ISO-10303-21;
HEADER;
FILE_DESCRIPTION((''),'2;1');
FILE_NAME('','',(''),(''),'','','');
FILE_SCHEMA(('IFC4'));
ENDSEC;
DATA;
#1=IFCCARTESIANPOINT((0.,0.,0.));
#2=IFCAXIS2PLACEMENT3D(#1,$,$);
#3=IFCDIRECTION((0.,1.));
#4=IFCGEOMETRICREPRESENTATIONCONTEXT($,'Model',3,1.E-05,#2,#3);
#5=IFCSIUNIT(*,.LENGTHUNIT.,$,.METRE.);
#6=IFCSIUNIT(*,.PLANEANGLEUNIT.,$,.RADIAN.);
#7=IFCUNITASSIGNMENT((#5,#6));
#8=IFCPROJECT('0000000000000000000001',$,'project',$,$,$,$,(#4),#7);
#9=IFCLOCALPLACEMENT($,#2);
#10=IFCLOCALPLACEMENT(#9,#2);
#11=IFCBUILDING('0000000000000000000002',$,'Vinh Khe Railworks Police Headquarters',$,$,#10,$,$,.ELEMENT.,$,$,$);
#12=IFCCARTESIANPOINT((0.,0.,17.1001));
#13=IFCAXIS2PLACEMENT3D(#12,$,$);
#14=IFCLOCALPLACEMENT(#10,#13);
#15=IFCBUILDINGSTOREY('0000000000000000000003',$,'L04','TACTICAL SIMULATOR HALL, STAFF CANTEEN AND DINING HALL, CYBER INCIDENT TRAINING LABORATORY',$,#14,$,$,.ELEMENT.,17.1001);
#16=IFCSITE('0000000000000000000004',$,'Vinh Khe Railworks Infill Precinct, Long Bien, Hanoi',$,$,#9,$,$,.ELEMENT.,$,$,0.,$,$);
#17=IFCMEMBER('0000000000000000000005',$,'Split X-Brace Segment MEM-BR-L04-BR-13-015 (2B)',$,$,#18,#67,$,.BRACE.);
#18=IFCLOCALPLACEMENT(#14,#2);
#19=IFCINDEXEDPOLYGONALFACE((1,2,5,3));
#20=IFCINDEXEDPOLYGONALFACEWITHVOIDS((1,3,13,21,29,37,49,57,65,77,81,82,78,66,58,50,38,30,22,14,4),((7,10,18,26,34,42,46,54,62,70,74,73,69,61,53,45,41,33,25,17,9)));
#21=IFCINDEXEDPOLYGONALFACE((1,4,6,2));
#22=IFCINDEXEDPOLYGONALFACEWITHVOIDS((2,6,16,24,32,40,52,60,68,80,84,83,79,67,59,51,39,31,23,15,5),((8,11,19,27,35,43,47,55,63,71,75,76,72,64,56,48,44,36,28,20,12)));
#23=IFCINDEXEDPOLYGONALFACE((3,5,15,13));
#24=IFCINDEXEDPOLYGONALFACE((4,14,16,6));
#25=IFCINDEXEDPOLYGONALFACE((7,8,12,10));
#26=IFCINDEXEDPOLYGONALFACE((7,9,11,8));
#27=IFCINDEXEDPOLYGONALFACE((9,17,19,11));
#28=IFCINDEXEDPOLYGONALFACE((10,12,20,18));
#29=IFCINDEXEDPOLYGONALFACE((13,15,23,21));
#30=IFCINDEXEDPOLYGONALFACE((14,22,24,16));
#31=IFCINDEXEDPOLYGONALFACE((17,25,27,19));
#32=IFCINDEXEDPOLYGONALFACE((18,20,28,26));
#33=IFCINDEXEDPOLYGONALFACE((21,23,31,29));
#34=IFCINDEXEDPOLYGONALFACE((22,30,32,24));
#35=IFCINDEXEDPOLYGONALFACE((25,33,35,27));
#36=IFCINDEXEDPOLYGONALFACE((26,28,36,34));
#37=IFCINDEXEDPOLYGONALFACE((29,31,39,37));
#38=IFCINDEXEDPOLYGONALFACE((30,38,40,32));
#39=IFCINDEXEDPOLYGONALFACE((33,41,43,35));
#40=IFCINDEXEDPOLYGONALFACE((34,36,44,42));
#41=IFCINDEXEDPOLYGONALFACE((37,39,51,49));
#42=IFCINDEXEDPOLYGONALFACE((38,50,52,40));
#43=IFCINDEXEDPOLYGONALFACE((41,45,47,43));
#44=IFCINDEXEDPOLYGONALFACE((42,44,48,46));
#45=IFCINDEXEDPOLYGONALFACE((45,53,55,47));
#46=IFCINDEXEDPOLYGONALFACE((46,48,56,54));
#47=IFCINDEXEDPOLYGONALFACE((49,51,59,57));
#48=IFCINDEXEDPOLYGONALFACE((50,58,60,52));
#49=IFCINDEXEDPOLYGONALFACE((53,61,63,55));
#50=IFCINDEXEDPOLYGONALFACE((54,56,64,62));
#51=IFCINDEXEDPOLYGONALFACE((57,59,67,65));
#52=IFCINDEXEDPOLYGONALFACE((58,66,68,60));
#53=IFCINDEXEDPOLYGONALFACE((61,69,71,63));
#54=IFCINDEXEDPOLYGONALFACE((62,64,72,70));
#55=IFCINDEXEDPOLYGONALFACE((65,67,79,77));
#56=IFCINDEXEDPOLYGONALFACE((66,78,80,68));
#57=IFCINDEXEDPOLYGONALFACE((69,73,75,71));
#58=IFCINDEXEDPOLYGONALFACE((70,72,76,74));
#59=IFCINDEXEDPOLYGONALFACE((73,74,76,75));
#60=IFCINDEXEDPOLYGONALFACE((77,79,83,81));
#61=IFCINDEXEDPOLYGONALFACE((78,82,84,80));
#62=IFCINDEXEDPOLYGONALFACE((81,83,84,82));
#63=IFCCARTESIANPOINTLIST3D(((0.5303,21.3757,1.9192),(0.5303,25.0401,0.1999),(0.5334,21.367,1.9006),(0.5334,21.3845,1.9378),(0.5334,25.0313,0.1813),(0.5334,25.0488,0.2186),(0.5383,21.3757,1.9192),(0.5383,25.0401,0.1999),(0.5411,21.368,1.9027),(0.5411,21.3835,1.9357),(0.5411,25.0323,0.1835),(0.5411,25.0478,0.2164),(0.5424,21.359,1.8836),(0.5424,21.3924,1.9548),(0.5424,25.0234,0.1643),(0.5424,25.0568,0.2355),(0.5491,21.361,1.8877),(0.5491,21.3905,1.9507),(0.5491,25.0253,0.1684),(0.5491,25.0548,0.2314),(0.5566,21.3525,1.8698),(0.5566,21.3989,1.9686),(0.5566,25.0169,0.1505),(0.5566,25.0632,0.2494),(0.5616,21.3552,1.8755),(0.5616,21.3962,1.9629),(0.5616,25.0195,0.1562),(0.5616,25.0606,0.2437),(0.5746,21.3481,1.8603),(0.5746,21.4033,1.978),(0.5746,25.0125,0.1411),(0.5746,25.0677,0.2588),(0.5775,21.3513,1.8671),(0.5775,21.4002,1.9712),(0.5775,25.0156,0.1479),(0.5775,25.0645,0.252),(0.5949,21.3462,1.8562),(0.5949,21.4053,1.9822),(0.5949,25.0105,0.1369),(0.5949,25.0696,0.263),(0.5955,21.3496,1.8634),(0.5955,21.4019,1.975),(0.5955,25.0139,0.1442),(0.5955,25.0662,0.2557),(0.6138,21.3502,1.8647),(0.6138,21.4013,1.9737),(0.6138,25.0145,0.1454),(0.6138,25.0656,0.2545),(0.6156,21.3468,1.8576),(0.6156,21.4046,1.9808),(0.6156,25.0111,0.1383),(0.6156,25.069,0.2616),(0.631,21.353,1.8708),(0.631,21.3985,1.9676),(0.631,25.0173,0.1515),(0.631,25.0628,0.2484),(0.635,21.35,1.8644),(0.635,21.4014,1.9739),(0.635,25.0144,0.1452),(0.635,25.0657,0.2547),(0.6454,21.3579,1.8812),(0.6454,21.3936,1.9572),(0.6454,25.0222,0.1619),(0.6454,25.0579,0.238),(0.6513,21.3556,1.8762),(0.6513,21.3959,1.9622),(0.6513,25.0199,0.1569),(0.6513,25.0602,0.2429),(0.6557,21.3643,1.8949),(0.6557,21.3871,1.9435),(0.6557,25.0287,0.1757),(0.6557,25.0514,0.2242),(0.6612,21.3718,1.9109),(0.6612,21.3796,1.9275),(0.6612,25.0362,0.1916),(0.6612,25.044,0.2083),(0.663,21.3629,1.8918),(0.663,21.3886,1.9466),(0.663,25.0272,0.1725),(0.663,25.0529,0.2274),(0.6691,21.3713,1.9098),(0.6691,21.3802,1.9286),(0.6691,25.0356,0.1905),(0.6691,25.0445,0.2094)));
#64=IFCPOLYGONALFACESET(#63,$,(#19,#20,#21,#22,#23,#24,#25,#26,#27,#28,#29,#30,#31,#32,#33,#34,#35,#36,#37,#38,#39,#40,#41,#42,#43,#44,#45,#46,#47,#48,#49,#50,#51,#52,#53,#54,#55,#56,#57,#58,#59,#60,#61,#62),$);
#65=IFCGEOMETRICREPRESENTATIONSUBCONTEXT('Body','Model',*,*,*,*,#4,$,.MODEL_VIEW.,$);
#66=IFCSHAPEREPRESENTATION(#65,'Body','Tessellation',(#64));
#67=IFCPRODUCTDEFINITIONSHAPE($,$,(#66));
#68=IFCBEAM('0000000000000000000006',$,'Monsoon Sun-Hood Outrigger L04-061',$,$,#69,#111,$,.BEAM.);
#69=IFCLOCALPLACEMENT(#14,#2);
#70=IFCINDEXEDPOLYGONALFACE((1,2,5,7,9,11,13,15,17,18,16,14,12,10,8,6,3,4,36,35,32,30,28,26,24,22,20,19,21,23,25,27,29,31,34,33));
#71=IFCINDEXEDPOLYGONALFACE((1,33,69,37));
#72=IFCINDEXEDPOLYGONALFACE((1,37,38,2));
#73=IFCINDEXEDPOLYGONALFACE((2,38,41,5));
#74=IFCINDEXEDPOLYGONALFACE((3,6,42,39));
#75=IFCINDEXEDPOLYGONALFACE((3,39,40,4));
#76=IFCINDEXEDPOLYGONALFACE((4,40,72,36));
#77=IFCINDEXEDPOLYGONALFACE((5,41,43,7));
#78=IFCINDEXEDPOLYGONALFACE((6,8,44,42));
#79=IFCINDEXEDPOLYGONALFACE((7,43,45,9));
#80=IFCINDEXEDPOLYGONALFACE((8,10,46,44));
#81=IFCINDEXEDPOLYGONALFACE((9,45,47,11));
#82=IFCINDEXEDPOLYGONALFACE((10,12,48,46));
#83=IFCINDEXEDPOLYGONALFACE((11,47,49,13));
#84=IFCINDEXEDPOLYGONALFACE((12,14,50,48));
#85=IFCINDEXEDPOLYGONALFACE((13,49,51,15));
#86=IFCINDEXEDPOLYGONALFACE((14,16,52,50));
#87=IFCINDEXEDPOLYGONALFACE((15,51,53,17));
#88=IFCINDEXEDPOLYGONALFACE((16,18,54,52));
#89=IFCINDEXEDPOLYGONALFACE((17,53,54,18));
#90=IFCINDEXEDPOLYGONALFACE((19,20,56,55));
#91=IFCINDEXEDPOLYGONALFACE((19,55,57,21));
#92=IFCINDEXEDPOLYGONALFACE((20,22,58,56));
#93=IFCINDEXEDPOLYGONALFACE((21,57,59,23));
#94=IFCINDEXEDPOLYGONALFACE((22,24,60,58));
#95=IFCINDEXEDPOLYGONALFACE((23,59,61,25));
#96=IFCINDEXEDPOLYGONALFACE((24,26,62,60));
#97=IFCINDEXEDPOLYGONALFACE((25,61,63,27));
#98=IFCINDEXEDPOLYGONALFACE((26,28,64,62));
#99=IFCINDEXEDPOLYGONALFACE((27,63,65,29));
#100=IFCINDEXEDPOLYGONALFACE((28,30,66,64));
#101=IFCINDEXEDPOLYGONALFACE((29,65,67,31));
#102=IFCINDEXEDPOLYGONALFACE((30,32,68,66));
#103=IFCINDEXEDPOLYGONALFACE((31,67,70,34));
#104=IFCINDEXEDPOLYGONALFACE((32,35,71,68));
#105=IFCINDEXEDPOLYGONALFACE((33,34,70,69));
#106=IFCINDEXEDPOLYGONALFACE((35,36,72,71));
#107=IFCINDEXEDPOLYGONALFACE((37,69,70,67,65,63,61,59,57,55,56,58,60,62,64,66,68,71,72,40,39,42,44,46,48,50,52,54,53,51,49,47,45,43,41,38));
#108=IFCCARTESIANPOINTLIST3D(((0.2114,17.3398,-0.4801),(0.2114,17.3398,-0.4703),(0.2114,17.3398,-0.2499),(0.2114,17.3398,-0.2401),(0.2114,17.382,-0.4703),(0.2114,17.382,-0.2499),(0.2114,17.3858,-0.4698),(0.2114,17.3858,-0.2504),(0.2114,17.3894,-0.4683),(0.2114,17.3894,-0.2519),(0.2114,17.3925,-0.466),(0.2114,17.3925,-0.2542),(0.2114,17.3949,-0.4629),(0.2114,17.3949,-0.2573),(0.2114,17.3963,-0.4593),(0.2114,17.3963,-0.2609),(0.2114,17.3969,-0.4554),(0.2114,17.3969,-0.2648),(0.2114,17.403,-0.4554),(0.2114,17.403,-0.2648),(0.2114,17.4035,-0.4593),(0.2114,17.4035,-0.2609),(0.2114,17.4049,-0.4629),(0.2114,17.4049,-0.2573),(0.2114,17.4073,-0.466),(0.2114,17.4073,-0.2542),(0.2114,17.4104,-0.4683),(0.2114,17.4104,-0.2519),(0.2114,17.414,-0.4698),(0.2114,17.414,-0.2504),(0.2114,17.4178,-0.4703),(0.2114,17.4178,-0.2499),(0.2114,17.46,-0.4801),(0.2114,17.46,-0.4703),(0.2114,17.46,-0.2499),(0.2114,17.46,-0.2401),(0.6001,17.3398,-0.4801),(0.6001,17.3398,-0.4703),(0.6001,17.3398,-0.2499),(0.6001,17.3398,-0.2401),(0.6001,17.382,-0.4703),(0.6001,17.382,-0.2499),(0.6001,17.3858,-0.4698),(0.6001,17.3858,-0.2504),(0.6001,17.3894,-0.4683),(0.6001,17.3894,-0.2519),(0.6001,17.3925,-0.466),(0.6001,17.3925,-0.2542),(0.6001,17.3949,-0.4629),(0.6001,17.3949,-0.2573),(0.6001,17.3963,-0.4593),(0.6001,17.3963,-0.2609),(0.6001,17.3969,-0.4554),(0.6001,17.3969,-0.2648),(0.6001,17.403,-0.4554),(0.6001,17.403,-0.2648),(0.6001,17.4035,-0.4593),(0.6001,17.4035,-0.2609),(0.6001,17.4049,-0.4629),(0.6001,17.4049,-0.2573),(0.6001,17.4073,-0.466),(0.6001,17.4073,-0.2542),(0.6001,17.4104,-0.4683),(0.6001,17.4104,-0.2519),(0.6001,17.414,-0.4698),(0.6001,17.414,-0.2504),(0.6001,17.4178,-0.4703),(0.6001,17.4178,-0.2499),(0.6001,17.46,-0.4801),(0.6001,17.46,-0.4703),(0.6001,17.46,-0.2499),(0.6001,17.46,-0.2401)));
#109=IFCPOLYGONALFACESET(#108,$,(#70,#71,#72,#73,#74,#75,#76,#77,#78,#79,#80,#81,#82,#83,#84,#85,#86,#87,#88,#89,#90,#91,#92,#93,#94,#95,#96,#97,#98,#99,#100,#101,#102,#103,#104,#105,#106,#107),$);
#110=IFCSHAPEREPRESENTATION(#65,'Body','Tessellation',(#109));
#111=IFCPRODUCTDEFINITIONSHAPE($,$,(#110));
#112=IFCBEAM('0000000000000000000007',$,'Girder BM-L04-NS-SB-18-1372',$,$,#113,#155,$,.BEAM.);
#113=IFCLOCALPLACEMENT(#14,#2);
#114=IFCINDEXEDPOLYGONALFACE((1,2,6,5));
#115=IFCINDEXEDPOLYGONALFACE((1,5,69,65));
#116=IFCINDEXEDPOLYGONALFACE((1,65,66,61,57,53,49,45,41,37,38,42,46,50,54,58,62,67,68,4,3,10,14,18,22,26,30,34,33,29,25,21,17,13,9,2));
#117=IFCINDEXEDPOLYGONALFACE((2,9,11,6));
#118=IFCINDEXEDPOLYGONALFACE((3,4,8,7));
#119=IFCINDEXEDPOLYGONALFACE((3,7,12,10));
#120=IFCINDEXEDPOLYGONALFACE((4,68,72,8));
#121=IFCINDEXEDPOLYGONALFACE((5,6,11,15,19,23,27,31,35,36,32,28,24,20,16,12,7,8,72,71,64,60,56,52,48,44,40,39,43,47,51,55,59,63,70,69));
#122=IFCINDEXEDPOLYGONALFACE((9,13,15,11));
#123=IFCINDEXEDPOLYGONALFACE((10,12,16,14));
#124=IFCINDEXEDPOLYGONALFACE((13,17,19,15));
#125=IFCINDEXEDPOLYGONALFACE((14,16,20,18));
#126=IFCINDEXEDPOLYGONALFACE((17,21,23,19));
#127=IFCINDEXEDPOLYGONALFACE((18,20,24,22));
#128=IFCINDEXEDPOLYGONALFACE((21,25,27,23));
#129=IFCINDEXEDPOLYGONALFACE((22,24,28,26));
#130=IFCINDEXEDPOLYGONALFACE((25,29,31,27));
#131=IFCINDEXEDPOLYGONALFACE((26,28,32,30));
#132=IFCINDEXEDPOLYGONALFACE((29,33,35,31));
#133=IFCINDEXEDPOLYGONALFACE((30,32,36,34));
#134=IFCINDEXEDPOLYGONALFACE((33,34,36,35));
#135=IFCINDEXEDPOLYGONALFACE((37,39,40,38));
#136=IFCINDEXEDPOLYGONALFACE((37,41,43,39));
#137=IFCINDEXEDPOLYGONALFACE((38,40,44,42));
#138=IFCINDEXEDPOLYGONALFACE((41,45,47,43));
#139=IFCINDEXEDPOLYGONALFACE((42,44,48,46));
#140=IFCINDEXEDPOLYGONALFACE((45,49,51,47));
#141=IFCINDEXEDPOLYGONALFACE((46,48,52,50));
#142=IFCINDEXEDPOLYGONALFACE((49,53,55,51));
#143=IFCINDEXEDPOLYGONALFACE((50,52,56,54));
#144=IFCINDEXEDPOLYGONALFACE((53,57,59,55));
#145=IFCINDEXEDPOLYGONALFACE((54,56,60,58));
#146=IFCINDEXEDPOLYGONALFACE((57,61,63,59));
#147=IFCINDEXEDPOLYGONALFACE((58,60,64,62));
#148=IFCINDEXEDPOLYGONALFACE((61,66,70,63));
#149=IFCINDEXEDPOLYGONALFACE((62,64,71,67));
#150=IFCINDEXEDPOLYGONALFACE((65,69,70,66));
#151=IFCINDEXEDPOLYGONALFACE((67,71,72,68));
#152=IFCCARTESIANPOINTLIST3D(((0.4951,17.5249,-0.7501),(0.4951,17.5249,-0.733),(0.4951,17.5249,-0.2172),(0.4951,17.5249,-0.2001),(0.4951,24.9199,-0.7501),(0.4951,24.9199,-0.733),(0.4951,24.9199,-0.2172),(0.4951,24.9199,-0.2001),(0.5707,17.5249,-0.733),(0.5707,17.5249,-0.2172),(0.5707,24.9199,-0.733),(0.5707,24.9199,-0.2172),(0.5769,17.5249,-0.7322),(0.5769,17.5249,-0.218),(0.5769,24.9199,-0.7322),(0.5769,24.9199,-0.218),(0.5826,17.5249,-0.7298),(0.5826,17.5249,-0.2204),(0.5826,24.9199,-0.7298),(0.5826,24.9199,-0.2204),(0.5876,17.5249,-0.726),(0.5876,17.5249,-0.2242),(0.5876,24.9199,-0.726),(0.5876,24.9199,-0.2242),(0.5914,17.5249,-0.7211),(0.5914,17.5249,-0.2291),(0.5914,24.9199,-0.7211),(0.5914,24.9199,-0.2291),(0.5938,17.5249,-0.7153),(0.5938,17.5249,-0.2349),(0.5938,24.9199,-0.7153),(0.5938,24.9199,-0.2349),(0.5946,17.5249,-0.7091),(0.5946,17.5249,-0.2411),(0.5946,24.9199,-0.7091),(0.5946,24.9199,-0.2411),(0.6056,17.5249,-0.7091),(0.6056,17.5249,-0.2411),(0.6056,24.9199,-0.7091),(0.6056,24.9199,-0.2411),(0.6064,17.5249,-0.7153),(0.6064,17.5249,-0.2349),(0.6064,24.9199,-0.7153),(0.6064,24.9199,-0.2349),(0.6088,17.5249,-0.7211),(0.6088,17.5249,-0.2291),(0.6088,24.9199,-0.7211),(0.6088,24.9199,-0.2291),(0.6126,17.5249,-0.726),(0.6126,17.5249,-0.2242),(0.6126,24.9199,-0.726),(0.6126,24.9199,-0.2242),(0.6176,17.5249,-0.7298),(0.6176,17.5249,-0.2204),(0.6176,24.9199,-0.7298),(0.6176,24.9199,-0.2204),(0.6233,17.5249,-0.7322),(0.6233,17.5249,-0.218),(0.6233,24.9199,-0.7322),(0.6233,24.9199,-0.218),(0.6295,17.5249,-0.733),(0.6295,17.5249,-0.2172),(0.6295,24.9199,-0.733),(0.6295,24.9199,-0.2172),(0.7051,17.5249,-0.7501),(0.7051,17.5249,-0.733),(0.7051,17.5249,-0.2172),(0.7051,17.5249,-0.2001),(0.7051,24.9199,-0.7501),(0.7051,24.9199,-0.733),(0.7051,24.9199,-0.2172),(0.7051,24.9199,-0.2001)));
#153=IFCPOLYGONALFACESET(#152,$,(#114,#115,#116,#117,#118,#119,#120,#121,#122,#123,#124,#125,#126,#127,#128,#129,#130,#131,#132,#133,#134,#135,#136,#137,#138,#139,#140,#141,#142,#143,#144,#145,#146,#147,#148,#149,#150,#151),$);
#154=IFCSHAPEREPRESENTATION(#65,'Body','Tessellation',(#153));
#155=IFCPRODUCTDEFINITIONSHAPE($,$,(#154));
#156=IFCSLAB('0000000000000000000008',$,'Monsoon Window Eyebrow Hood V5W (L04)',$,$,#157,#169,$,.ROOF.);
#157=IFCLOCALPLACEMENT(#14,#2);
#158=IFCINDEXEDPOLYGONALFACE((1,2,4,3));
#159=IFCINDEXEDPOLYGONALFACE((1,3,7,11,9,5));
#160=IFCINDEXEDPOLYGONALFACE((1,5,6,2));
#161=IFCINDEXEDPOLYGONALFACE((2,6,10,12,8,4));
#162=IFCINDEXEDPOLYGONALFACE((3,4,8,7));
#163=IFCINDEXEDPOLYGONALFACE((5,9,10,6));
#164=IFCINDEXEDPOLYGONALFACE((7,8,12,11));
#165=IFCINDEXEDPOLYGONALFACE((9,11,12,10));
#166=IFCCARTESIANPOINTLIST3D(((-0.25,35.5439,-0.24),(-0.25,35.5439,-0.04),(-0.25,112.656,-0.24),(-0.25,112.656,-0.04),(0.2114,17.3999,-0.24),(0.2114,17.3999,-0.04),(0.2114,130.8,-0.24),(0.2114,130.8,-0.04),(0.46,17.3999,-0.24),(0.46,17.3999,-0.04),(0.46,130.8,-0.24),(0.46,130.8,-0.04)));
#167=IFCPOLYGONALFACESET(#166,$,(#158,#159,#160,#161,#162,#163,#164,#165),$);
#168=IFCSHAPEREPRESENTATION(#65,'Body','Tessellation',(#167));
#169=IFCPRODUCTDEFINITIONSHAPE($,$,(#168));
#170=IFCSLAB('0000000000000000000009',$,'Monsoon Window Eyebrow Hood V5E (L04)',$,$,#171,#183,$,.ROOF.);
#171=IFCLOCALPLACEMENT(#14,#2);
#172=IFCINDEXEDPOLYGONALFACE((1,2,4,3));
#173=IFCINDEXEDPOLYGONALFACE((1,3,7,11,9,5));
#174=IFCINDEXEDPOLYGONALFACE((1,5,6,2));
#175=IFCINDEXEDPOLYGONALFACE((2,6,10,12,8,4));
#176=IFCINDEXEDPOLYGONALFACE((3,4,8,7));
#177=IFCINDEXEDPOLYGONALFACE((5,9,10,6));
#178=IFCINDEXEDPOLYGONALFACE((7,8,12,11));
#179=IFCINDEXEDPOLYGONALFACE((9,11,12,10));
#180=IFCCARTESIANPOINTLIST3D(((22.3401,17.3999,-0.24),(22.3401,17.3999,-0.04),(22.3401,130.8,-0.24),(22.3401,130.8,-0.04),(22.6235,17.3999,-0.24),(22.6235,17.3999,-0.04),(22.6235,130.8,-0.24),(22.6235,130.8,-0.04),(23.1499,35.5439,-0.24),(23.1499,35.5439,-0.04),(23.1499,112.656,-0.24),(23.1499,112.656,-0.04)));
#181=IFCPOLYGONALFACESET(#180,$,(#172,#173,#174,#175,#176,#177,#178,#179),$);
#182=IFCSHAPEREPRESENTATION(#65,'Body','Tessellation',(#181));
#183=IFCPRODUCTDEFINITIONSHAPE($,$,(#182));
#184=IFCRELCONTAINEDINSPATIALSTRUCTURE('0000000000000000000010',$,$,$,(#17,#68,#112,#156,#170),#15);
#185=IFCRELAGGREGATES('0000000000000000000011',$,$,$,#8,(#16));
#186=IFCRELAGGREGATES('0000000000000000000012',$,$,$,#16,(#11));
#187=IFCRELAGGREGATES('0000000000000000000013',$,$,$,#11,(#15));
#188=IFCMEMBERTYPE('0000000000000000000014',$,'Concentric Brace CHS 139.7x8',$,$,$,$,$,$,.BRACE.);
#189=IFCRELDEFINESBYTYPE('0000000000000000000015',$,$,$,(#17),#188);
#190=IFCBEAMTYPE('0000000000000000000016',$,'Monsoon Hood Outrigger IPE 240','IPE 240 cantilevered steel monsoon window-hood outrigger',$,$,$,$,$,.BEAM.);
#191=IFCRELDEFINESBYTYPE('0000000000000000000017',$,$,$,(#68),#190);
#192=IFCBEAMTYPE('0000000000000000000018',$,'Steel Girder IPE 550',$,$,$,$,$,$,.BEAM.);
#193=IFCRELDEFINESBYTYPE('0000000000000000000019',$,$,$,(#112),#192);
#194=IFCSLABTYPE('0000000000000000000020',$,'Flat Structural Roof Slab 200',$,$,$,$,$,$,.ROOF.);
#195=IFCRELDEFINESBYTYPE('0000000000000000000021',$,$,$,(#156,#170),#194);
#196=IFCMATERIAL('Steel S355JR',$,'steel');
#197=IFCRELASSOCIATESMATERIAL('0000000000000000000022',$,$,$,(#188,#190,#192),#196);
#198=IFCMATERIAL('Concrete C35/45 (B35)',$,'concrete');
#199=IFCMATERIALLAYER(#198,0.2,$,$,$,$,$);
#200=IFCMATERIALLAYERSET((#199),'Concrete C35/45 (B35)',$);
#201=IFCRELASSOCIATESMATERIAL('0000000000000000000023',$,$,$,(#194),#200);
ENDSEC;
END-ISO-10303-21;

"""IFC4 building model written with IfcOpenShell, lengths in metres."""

from ifc_helpers import new_model, si_unit, direction, frame, origin, origin_2d, place, context, subcontext, project, spatial, polyline, hollow_circle, i_section, outline, extrude, material, layer, layer_set, material_profile, profile_set, type_object, element, save


model = new_model("IFC4")

# Units and contexts
model_context = context("Model", 3, precision=1e-05, world=origin(), true_north=direction((0.0, 1.0)))
body_context = subcontext(model_context, "Body", "Model", "MODEL_VIEW")
ifc_project = project(units=[si_unit("LENGTHUNIT", "METRE"), si_unit("PLANEANGLEUNIT", "RADIAN")], contexts=[model_context])

# Site, building, storey
site_placement = place(None, origin())
site = spatial("IfcSite", under=ifc_project, at=site_placement, Name="Vinh Khe Railworks Infill Precinct, Long Bien, Hanoi", CompositionType="ELEMENT", RefElevation=0.0)
building_placement = place(site_placement, origin())
building = spatial("IfcBuilding", under=site, at=building_placement, Name="Vinh Khe Railworks Police Headquarters", CompositionType="ELEMENT")
storey_placement = place(building_placement, frame((0.0, 0.0, 17.1001)))
storey = spatial("IfcBuildingStorey", under=building, at=storey_placement, Name="L04", Description="TACTICAL SIMULATOR HALL, STAFF CANTEEN AND DINING HALL, CYBER INCIDENT TRAINING LABORATORY", CompositionType="ELEMENT", Elevation=17.1001)

# Shared definitions
ifc_material_1 = material(Name="Steel S355JR", Category="steel")

# Member
ifc_material_profile_1 = material_profile(ifc_material_1, hollow_circle(Radius=0.0698, WallThickness=0.0081, at=origin_2d()), Name="CHS 139.7x8")
ifc_profile_set_1 = profile_set([ifc_material_profile_1], Name="Steel S355JR")
member_type = type_object("IfcMemberType", Name="Concentric Brace CHS 139.7x8", PredefinedType="BRACE", material=ifc_profile_set_1)
for number, where, z_axis, x_axis, name in (
    (1, (0.6001, 21.3757, 1.9192), (0.0, 0.905307, -0.424757), (-1.0, 0.0, 0.0), "Split X-Brace Segment MEM-BR-L04-BR-13-015 (2B)"),
):
    element("IfcMember", number, at=place(storey_placement, frame(where, z_axis=z_axis, x_axis=x_axis)), inside=storey, type_object=member_type, Name=name, PredefinedType="BRACE", context=body_context, shape_type="SweptSolid", body=[
        extrude(hollow_circle(Radius=0.0698, WallThickness=0.0081, at=origin_2d()), origin(), (0.0, 0.0, 1.0), 4.0476),
    ])

# Beams
ifc_material_profile_2 = material_profile(ifc_material_1, i_section(OverallWidth=0.1201, OverallDepth=0.24, WebThickness=0.0061, FlangeThickness=0.0098, FilletRadius=0.0149, at=origin_2d()), Name="IPE 240")
ifc_profile_set_2 = profile_set([ifc_material_profile_2], Name="Steel S355JR")
beam_type_1 = type_object("IfcBeamType", Name="Monsoon Hood Outrigger IPE 240", Description="IPE 240 cantilevered steel monsoon window-hood outrigger", PredefinedType="BEAM", material=ifc_profile_set_2)
beam_1_placement = place(storey_placement, frame((0.2114, 17.3999, -0.3601), z_axis=(1.0, 0.0, 0.0), x_axis=(0.0, 1.0, 0.0)))
element("IfcBeam", 2, at=beam_1_placement, inside=storey, type_object=beam_type_1, Name="Monsoon Sun-Hood Outrigger L04-061", PredefinedType="BEAM", context=body_context, shape_type="SweptSolid", body=[
    extrude(i_section(OverallWidth=0.1201, OverallDepth=0.24, WebThickness=0.0061, FlangeThickness=0.0098, FilletRadius=0.0149, at=origin_2d()), origin(), (0.0, 0.0, 1.0), 0.3887),
])
ifc_material_profile_3 = material_profile(ifc_material_1, i_section(OverallWidth=0.21, OverallDepth=0.55, WebThickness=0.011, FlangeThickness=0.0171, FilletRadius=0.0239, at=origin_2d()), Name="IPE 550")
ifc_profile_set_3 = profile_set([ifc_material_profile_3], Name="Steel S355JR")
beam_type_2 = type_object("IfcBeamType", Name="Steel Girder IPE 550", PredefinedType="BEAM", material=ifc_profile_set_3)
beam_2_placement = place(storey_placement, frame((0.6001, 17.5249, -0.4751), z_axis=(0.0, 1.0, 0.0), x_axis=(-1.0, 0.0, 0.0)))
element("IfcBeam", 3, at=beam_2_placement, inside=storey, type_object=beam_type_2, Name="Girder BM-L04-NS-SB-18-1372", PredefinedType="BEAM", context=body_context, shape_type="SweptSolid", body=[
    extrude(i_section(OverallWidth=0.21, OverallDepth=0.55, WebThickness=0.011, FlangeThickness=0.0171, FilletRadius=0.0239, at=origin_2d()), origin(), (0.0, 0.0, 1.0), 7.395),
])

# Slabs
ifc_material_2 = material(Name="Concrete C35/45 (B35)", Category="concrete")
ifc_layer_1 = layer(ifc_material_2, 0.2)
ifc_layer_set_1 = layer_set([ifc_layer_1], Name="Concrete C35/45 (B35)")
slab_type_1 = type_object("IfcSlabType", Name="Flat Structural Roof Slab 200", PredefinedType="ROOF", material=ifc_layer_set_1)
slab_1_placement = place(storey_placement, frame((0.0, 0.0, -0.24)))
element("IfcSlab", 4, at=slab_1_placement, inside=storey, type_object=slab_type_1, Name="Monsoon Window Eyebrow Hood V5W (L04)", PredefinedType="ROOF", context=body_context, shape_type="SweptSolid", body=[
    extrude(outline(polyline([(0.46, 17.3999), (0.46, 130.8), (0.2114, 130.8), (-0.25, 112.656), (-0.25, 35.5439), (0.2114, 17.3999), (0.46, 17.3999)])), origin(), (0.0, 0.0, 1.0), 0.2),
])
slab_2_placement = place(storey_placement, frame((0.0, 0.0, -0.24)))
element("IfcSlab", 5, at=slab_2_placement, inside=storey, type_object=slab_type_1, Name="Monsoon Window Eyebrow Hood V5E (L04)", PredefinedType="ROOF", context=body_context, shape_type="SweptSolid", body=[
    extrude(outline(polyline([(22.3401, 17.3999), (22.6235, 17.3999), (23.1499, 35.5439), (23.1499, 112.656), (22.6235, 130.8), (22.3401, 130.8), (22.3401, 17.3999)])), origin(), (0.0, 0.0, 1.0), 0.2),
])

save(model, "model.ifc")
